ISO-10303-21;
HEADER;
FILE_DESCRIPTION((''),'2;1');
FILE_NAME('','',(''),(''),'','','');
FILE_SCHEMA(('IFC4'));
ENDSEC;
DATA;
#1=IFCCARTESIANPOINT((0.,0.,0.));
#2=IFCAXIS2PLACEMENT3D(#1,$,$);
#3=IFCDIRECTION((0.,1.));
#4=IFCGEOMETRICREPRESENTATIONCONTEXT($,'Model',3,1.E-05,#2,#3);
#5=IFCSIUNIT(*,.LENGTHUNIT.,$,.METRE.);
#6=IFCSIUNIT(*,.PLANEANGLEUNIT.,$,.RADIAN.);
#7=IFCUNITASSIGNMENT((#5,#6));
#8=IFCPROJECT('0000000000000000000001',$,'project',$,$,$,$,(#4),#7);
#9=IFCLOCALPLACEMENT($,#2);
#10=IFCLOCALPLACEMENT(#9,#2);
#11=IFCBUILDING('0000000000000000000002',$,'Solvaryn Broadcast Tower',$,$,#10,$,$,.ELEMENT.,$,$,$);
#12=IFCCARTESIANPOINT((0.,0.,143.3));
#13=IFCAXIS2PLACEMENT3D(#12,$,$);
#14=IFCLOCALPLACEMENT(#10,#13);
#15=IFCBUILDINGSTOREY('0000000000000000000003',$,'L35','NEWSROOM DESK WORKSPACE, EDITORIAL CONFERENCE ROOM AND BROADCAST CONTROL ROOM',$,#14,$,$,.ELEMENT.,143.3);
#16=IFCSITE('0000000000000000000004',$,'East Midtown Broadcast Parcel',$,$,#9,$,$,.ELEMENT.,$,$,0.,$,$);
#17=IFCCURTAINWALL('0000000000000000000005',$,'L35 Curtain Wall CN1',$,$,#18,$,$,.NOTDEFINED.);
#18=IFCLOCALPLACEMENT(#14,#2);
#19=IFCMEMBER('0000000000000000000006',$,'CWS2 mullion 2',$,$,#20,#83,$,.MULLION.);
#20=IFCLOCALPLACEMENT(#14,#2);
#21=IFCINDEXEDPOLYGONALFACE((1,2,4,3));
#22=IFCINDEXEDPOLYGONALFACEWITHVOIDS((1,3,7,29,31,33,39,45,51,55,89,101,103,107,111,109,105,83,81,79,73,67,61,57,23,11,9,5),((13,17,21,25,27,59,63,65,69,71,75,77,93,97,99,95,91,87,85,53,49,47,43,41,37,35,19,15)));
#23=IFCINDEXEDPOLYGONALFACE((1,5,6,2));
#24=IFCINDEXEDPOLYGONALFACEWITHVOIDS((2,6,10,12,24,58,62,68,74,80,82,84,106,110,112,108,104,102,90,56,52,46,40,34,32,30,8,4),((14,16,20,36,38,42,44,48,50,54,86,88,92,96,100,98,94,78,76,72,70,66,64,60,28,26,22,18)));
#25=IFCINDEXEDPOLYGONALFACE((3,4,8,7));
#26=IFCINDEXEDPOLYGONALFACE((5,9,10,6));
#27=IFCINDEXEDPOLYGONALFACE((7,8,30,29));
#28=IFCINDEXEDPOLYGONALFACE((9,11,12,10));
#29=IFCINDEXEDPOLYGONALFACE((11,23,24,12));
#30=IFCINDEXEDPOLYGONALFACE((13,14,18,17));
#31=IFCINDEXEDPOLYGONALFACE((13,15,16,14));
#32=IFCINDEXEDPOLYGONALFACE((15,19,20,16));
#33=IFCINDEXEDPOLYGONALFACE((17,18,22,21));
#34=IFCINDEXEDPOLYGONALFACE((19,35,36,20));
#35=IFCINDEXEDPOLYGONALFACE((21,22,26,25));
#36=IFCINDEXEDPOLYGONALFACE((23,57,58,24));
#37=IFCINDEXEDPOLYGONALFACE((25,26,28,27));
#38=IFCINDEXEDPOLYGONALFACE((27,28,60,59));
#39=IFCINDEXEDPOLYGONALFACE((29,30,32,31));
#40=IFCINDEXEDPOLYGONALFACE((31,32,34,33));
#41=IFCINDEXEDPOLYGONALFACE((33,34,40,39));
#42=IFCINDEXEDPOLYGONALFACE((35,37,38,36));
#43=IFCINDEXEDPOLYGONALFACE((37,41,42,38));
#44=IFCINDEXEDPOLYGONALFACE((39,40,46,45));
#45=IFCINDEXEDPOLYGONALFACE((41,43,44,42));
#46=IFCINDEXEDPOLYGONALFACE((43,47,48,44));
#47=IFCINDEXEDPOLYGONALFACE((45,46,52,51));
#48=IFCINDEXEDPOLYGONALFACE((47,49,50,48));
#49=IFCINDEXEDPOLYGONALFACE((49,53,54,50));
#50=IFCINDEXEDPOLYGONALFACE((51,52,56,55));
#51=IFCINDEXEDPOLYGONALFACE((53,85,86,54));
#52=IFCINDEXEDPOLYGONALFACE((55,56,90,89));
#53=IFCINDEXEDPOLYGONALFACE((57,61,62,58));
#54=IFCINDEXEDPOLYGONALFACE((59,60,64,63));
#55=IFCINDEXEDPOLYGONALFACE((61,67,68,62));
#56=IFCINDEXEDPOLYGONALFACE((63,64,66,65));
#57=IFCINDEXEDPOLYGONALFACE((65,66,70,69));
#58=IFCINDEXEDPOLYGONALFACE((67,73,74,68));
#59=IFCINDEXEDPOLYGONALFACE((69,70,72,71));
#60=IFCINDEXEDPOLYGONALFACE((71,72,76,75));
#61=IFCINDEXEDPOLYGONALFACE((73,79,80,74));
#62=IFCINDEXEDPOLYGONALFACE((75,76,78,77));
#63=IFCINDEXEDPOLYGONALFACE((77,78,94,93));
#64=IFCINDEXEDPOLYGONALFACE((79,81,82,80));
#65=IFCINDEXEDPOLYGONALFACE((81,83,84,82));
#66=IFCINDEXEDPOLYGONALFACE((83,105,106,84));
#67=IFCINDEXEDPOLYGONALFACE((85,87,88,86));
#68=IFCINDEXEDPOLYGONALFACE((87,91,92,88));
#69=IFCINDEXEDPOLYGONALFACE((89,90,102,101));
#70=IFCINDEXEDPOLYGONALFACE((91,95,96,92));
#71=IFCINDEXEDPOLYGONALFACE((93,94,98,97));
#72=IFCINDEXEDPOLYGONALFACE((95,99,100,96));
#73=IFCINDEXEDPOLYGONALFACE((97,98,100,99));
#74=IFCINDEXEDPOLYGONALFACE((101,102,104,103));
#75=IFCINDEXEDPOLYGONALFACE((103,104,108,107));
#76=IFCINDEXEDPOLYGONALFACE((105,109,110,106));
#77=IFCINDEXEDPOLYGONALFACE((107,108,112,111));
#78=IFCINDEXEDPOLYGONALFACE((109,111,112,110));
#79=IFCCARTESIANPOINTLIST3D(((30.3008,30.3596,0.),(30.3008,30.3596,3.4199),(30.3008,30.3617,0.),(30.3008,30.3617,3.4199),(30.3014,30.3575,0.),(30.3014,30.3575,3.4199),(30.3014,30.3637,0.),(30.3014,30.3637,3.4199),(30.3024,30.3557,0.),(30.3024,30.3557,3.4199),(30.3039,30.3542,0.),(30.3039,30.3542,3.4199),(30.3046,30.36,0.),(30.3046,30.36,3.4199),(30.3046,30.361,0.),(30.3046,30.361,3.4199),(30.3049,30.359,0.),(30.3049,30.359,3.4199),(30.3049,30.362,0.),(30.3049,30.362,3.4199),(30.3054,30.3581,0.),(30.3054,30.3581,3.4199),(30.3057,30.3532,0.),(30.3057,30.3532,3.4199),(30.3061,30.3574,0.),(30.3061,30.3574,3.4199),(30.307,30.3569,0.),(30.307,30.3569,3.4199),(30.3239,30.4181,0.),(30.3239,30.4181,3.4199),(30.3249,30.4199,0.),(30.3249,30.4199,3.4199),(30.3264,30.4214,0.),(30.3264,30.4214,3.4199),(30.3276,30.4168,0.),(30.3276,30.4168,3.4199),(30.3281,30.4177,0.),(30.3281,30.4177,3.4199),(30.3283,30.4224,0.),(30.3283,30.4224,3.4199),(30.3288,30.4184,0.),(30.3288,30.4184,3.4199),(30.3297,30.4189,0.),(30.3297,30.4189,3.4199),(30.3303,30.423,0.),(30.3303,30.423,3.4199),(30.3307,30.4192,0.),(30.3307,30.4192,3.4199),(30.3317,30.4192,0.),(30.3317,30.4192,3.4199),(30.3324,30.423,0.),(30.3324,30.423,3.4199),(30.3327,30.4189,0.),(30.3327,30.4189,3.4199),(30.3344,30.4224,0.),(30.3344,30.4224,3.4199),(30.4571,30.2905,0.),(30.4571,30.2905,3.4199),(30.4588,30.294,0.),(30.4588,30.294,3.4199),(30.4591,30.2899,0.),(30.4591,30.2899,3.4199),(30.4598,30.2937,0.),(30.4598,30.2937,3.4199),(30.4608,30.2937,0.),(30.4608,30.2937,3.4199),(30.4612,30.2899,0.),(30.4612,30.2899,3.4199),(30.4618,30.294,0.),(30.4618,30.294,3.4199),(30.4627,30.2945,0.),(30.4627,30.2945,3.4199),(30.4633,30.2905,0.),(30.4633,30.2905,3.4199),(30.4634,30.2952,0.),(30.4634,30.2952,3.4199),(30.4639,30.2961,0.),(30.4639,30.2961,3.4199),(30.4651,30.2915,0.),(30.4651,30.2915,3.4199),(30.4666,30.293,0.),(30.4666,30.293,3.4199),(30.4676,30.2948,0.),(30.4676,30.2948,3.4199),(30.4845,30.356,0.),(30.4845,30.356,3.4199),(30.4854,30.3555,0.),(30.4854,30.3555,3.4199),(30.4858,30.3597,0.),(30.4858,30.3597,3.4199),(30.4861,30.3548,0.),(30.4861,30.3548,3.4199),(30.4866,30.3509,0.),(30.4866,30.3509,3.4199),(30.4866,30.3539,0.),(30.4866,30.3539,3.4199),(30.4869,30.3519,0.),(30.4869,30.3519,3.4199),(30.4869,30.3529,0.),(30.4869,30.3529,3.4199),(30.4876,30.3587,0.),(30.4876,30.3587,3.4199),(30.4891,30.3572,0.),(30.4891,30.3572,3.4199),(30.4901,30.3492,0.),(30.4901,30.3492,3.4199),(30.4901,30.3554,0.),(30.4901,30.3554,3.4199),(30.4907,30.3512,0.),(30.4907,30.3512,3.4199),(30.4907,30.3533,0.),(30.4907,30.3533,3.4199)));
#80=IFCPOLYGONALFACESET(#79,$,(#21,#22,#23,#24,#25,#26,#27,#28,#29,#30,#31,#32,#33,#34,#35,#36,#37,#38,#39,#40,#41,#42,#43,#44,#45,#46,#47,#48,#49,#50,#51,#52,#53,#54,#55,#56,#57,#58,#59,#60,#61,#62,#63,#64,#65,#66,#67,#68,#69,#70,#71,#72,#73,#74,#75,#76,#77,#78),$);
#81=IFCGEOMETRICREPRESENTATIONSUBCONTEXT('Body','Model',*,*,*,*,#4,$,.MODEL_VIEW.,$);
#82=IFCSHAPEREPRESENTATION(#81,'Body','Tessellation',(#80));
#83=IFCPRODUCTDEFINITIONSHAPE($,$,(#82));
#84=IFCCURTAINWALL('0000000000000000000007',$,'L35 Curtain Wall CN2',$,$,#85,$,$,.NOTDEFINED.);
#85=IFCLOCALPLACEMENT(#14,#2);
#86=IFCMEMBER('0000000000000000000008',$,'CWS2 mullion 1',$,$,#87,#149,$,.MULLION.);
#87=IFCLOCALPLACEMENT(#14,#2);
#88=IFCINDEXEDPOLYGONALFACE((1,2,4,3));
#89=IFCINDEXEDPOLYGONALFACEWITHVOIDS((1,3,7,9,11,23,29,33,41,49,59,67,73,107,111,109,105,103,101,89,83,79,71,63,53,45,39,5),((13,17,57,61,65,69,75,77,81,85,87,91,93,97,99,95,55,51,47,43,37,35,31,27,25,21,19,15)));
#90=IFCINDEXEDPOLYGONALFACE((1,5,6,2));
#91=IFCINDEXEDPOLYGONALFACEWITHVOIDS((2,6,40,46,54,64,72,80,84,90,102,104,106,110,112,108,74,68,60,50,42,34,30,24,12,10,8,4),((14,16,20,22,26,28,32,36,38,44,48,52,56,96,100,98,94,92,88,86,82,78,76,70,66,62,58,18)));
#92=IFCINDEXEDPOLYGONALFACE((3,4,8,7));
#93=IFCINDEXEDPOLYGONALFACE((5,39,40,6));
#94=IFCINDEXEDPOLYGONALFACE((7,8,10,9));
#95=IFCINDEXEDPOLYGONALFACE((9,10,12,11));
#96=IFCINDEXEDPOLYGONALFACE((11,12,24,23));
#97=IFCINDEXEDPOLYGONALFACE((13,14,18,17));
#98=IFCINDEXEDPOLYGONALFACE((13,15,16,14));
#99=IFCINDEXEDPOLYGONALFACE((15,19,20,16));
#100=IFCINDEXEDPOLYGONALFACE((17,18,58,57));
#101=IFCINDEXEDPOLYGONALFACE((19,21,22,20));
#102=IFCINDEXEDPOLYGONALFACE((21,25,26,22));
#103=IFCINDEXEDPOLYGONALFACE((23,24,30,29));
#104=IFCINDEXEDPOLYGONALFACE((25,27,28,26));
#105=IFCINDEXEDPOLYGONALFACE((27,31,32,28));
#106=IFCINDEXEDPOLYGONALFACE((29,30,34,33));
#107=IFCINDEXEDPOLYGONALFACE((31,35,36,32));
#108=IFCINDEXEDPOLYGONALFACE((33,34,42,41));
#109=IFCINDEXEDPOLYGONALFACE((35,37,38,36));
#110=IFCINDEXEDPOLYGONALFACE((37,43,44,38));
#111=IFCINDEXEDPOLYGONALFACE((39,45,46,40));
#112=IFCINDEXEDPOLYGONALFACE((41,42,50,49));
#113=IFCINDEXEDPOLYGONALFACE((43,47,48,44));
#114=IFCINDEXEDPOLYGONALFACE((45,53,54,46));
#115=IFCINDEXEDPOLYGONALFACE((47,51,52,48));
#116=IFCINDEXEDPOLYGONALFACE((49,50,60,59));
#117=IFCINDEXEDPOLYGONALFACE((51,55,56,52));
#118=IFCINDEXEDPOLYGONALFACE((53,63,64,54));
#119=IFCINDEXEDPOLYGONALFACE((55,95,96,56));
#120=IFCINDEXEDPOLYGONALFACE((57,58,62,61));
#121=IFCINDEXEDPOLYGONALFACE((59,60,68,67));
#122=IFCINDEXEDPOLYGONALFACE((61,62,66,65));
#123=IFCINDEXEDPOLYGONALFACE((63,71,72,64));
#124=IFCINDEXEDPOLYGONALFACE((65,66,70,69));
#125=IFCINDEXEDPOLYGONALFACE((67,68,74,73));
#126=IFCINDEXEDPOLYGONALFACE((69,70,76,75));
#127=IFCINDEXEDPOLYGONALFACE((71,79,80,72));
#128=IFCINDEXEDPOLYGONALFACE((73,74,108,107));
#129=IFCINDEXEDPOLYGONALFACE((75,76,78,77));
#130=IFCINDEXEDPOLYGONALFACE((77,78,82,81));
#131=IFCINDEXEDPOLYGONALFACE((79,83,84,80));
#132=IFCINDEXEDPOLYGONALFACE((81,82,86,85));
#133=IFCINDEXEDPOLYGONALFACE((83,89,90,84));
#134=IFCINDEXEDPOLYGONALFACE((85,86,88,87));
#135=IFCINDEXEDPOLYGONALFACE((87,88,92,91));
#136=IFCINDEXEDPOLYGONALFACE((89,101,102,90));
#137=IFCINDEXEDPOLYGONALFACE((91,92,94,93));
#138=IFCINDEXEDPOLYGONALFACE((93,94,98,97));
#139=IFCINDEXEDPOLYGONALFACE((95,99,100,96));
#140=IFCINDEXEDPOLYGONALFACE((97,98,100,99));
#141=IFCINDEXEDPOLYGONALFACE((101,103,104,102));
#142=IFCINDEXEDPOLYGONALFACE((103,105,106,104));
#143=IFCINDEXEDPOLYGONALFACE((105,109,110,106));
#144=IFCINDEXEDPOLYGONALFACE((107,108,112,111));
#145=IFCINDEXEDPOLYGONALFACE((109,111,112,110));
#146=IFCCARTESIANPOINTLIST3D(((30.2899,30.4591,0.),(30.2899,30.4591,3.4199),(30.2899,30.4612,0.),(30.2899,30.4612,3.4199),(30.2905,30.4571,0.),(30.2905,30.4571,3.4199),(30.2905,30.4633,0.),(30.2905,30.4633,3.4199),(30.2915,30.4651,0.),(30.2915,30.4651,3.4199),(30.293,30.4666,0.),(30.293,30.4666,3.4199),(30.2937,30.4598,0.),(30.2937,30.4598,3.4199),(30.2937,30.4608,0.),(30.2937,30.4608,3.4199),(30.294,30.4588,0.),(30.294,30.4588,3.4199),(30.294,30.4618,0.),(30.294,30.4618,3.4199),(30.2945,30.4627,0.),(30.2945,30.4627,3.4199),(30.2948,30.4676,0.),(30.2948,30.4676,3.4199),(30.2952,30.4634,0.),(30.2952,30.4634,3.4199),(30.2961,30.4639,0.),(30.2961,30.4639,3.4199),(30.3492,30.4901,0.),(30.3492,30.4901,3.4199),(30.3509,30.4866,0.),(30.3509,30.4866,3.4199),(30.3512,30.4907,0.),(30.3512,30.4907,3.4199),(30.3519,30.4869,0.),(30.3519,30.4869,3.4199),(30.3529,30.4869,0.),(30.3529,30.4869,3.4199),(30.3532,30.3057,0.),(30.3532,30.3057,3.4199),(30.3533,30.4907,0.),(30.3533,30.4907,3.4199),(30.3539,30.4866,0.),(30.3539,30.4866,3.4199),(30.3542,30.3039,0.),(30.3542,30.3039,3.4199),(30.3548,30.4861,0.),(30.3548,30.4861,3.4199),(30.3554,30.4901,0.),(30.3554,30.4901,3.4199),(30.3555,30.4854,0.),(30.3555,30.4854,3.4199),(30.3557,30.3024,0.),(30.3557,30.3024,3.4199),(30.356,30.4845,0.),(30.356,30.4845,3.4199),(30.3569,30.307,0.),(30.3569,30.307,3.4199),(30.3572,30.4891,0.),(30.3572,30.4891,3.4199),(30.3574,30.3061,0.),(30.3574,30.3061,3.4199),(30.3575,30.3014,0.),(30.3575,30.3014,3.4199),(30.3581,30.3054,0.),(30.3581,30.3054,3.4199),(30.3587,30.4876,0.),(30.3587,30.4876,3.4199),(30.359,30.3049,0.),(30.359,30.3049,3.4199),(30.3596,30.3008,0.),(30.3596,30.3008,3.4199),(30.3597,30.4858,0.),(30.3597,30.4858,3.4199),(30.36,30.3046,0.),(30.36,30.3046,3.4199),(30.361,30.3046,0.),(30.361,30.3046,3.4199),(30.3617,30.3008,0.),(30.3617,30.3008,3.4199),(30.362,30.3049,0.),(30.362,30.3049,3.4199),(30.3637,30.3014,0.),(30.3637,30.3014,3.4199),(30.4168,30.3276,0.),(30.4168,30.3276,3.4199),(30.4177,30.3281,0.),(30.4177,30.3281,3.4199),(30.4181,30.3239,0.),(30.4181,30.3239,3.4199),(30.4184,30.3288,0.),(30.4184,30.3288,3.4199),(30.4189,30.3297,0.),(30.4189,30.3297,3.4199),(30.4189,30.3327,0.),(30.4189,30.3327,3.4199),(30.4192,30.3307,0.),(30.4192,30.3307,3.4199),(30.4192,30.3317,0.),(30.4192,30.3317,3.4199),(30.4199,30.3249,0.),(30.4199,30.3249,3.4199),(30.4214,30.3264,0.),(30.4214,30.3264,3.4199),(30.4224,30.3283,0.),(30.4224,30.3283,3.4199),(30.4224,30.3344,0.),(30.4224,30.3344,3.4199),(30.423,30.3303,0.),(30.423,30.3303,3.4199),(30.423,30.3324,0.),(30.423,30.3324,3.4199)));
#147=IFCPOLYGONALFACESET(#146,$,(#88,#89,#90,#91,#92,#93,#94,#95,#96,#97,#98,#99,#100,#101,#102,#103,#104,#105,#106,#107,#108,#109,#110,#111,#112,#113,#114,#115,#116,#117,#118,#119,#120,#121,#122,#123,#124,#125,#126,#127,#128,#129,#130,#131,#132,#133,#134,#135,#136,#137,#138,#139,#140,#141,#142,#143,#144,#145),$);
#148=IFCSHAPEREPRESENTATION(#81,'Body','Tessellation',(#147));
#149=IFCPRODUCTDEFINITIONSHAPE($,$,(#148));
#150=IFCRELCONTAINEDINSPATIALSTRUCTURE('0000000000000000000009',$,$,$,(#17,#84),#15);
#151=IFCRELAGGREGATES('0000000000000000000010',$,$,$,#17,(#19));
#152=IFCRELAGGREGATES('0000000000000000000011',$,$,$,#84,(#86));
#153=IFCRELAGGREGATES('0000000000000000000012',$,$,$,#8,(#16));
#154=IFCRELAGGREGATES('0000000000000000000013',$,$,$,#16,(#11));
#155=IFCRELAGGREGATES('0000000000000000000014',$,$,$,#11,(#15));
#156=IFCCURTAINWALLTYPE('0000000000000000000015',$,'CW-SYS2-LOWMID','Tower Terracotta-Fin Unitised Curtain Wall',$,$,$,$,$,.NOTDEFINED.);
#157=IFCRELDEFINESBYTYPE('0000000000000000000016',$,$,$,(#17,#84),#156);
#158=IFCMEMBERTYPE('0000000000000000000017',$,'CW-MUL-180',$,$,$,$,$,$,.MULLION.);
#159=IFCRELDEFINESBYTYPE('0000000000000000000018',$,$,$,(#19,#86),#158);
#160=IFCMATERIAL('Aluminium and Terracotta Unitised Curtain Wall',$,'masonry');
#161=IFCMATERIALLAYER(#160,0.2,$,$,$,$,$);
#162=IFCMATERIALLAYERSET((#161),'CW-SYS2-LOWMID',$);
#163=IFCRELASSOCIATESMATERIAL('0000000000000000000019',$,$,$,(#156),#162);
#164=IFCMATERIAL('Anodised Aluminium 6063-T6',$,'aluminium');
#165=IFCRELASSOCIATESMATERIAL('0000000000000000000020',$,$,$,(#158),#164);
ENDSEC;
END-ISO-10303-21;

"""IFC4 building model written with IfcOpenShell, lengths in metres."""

from ifc_helpers import new_model, si_unit, direction, frame, origin, origin_2d, place, context, subcontext, project, spatial, hollow_rectangle, extrude, material, layer, layer_set, material_profile, profile_set, type_object, element, aggregate, save


model = new_model("IFC4")

# Units and contexts
model_context = context("Model", 3, precision=1e-05, world=origin(), true_north=direction((0.0, 1.0)))
body_context = subcontext(model_context, "Body", "Model", "MODEL_VIEW")
ifc_project = project(units=[si_unit("LENGTHUNIT", "METRE"), si_unit("PLANEANGLEUNIT", "RADIAN")], contexts=[model_context])

# Site, building, storey
site_placement = place(None, origin())
site = spatial("IfcSite", under=ifc_project, at=site_placement, Name="East Midtown Broadcast Parcel", CompositionType="ELEMENT", RefElevation=0.0)
building_placement = place(site_placement, origin())
building = spatial("IfcBuilding", under=site, at=building_placement, Name="Solvaryn Broadcast Tower", CompositionType="ELEMENT")
storey_placement = place(building_placement, frame((0.0, 0.0, 143.3)))
storey = spatial("IfcBuildingStorey", under=building, at=storey_placement, Name="L35", Description="NEWSROOM DESK WORKSPACE, EDITORIAL CONFERENCE ROOM AND BROADCAST CONTROL ROOM", CompositionType="ELEMENT", Elevation=143.3)

# Curtain wall, member
ifc_material_1 = material(Name="Aluminium and Terracotta Unitised Curtain Wall", Category="masonry")
ifc_layer_1 = layer(ifc_material_1, 0.2)
ifc_layer_set_1 = layer_set([ifc_layer_1], Name="CW-SYS2-LOWMID")
curtain_wall_type = type_object("IfcCurtainWallType", Name="CW-SYS2-LOWMID", Description="Tower Terracotta-Fin Unitised Curtain Wall", PredefinedType="NOTDEFINED", material=ifc_layer_set_1)
curtain_wall_1_placement = place(storey_placement, origin())
curtain_wall_1 = element("IfcCurtainWall", 1, at=curtain_wall_1_placement, inside=storey, type_object=curtain_wall_type, Name="L35 Curtain Wall CN1", PredefinedType="NOTDEFINED")
ifc_material_2 = material(Name="Anodised Aluminium 6063-T6", Category="aluminium")
ifc_material_profile_1 = material_profile(ifc_material_2, hollow_rectangle(XDim=0.075, YDim=0.1799, WallThickness=0.0039, InnerFilletRadius=0.0039, OuterFilletRadius=0.0081, at=origin_2d()))
ifc_profile_set_1 = profile_set([ifc_material_profile_1], Name="Anodised Aluminium 6063-T6")
member_type_1 = type_object("IfcMemberType", Name="CW-MUL-180", PredefinedType="MULLION", material=ifc_profile_set_1)
member_1_placement = place(storey_placement, frame((30.3958, 30.3564, 0.0), z_axis=(0.0, 0.0, 1.0), x_axis=(-0.382646, -0.923895, 0.0)))
member_1 = element("IfcMember", 2, at=member_1_placement, type_object=member_type_1, Name="CWS2 mullion 2", PredefinedType="MULLION", context=body_context, shape_type="SweptSolid", body=[
    extrude(hollow_rectangle(XDim=0.075, YDim=0.1799, WallThickness=0.0039, InnerFilletRadius=0.0039, OuterFilletRadius=0.0081, at=origin_2d()), origin(), (0.0, 0.0, 1.0), 3.4199),
])

# Curtain wall, member
curtain_wall_2_placement = place(storey_placement, origin())
curtain_wall_2 = element("IfcCurtainWall", 3, at=curtain_wall_2_placement, inside=storey, type_object=curtain_wall_type, Name="L35 Curtain Wall CN2", PredefinedType="NOTDEFINED")
member_2_placement = place(storey_placement, frame((30.3564, 30.3958, 0.0), z_axis=(0.0, 0.0, 1.0), x_axis=(-0.923895, -0.382646, 0.0)))
member_2 = element("IfcMember", 4, at=member_2_placement, type_object=member_type_1, Name="CWS2 mullion 1", PredefinedType="MULLION", context=body_context, shape_type="SweptSolid", body=[
    extrude(hollow_rectangle(XDim=0.075, YDim=0.1799, WallThickness=0.0039, InnerFilletRadius=0.0039, OuterFilletRadius=0.0081, at=origin_2d()), origin(), (0.0, 0.0, 1.0), 3.4199),
])

aggregate(curtain_wall_1, [member_1])
aggregate(curtain_wall_2, [member_2])

save(model, "model.ifc")
